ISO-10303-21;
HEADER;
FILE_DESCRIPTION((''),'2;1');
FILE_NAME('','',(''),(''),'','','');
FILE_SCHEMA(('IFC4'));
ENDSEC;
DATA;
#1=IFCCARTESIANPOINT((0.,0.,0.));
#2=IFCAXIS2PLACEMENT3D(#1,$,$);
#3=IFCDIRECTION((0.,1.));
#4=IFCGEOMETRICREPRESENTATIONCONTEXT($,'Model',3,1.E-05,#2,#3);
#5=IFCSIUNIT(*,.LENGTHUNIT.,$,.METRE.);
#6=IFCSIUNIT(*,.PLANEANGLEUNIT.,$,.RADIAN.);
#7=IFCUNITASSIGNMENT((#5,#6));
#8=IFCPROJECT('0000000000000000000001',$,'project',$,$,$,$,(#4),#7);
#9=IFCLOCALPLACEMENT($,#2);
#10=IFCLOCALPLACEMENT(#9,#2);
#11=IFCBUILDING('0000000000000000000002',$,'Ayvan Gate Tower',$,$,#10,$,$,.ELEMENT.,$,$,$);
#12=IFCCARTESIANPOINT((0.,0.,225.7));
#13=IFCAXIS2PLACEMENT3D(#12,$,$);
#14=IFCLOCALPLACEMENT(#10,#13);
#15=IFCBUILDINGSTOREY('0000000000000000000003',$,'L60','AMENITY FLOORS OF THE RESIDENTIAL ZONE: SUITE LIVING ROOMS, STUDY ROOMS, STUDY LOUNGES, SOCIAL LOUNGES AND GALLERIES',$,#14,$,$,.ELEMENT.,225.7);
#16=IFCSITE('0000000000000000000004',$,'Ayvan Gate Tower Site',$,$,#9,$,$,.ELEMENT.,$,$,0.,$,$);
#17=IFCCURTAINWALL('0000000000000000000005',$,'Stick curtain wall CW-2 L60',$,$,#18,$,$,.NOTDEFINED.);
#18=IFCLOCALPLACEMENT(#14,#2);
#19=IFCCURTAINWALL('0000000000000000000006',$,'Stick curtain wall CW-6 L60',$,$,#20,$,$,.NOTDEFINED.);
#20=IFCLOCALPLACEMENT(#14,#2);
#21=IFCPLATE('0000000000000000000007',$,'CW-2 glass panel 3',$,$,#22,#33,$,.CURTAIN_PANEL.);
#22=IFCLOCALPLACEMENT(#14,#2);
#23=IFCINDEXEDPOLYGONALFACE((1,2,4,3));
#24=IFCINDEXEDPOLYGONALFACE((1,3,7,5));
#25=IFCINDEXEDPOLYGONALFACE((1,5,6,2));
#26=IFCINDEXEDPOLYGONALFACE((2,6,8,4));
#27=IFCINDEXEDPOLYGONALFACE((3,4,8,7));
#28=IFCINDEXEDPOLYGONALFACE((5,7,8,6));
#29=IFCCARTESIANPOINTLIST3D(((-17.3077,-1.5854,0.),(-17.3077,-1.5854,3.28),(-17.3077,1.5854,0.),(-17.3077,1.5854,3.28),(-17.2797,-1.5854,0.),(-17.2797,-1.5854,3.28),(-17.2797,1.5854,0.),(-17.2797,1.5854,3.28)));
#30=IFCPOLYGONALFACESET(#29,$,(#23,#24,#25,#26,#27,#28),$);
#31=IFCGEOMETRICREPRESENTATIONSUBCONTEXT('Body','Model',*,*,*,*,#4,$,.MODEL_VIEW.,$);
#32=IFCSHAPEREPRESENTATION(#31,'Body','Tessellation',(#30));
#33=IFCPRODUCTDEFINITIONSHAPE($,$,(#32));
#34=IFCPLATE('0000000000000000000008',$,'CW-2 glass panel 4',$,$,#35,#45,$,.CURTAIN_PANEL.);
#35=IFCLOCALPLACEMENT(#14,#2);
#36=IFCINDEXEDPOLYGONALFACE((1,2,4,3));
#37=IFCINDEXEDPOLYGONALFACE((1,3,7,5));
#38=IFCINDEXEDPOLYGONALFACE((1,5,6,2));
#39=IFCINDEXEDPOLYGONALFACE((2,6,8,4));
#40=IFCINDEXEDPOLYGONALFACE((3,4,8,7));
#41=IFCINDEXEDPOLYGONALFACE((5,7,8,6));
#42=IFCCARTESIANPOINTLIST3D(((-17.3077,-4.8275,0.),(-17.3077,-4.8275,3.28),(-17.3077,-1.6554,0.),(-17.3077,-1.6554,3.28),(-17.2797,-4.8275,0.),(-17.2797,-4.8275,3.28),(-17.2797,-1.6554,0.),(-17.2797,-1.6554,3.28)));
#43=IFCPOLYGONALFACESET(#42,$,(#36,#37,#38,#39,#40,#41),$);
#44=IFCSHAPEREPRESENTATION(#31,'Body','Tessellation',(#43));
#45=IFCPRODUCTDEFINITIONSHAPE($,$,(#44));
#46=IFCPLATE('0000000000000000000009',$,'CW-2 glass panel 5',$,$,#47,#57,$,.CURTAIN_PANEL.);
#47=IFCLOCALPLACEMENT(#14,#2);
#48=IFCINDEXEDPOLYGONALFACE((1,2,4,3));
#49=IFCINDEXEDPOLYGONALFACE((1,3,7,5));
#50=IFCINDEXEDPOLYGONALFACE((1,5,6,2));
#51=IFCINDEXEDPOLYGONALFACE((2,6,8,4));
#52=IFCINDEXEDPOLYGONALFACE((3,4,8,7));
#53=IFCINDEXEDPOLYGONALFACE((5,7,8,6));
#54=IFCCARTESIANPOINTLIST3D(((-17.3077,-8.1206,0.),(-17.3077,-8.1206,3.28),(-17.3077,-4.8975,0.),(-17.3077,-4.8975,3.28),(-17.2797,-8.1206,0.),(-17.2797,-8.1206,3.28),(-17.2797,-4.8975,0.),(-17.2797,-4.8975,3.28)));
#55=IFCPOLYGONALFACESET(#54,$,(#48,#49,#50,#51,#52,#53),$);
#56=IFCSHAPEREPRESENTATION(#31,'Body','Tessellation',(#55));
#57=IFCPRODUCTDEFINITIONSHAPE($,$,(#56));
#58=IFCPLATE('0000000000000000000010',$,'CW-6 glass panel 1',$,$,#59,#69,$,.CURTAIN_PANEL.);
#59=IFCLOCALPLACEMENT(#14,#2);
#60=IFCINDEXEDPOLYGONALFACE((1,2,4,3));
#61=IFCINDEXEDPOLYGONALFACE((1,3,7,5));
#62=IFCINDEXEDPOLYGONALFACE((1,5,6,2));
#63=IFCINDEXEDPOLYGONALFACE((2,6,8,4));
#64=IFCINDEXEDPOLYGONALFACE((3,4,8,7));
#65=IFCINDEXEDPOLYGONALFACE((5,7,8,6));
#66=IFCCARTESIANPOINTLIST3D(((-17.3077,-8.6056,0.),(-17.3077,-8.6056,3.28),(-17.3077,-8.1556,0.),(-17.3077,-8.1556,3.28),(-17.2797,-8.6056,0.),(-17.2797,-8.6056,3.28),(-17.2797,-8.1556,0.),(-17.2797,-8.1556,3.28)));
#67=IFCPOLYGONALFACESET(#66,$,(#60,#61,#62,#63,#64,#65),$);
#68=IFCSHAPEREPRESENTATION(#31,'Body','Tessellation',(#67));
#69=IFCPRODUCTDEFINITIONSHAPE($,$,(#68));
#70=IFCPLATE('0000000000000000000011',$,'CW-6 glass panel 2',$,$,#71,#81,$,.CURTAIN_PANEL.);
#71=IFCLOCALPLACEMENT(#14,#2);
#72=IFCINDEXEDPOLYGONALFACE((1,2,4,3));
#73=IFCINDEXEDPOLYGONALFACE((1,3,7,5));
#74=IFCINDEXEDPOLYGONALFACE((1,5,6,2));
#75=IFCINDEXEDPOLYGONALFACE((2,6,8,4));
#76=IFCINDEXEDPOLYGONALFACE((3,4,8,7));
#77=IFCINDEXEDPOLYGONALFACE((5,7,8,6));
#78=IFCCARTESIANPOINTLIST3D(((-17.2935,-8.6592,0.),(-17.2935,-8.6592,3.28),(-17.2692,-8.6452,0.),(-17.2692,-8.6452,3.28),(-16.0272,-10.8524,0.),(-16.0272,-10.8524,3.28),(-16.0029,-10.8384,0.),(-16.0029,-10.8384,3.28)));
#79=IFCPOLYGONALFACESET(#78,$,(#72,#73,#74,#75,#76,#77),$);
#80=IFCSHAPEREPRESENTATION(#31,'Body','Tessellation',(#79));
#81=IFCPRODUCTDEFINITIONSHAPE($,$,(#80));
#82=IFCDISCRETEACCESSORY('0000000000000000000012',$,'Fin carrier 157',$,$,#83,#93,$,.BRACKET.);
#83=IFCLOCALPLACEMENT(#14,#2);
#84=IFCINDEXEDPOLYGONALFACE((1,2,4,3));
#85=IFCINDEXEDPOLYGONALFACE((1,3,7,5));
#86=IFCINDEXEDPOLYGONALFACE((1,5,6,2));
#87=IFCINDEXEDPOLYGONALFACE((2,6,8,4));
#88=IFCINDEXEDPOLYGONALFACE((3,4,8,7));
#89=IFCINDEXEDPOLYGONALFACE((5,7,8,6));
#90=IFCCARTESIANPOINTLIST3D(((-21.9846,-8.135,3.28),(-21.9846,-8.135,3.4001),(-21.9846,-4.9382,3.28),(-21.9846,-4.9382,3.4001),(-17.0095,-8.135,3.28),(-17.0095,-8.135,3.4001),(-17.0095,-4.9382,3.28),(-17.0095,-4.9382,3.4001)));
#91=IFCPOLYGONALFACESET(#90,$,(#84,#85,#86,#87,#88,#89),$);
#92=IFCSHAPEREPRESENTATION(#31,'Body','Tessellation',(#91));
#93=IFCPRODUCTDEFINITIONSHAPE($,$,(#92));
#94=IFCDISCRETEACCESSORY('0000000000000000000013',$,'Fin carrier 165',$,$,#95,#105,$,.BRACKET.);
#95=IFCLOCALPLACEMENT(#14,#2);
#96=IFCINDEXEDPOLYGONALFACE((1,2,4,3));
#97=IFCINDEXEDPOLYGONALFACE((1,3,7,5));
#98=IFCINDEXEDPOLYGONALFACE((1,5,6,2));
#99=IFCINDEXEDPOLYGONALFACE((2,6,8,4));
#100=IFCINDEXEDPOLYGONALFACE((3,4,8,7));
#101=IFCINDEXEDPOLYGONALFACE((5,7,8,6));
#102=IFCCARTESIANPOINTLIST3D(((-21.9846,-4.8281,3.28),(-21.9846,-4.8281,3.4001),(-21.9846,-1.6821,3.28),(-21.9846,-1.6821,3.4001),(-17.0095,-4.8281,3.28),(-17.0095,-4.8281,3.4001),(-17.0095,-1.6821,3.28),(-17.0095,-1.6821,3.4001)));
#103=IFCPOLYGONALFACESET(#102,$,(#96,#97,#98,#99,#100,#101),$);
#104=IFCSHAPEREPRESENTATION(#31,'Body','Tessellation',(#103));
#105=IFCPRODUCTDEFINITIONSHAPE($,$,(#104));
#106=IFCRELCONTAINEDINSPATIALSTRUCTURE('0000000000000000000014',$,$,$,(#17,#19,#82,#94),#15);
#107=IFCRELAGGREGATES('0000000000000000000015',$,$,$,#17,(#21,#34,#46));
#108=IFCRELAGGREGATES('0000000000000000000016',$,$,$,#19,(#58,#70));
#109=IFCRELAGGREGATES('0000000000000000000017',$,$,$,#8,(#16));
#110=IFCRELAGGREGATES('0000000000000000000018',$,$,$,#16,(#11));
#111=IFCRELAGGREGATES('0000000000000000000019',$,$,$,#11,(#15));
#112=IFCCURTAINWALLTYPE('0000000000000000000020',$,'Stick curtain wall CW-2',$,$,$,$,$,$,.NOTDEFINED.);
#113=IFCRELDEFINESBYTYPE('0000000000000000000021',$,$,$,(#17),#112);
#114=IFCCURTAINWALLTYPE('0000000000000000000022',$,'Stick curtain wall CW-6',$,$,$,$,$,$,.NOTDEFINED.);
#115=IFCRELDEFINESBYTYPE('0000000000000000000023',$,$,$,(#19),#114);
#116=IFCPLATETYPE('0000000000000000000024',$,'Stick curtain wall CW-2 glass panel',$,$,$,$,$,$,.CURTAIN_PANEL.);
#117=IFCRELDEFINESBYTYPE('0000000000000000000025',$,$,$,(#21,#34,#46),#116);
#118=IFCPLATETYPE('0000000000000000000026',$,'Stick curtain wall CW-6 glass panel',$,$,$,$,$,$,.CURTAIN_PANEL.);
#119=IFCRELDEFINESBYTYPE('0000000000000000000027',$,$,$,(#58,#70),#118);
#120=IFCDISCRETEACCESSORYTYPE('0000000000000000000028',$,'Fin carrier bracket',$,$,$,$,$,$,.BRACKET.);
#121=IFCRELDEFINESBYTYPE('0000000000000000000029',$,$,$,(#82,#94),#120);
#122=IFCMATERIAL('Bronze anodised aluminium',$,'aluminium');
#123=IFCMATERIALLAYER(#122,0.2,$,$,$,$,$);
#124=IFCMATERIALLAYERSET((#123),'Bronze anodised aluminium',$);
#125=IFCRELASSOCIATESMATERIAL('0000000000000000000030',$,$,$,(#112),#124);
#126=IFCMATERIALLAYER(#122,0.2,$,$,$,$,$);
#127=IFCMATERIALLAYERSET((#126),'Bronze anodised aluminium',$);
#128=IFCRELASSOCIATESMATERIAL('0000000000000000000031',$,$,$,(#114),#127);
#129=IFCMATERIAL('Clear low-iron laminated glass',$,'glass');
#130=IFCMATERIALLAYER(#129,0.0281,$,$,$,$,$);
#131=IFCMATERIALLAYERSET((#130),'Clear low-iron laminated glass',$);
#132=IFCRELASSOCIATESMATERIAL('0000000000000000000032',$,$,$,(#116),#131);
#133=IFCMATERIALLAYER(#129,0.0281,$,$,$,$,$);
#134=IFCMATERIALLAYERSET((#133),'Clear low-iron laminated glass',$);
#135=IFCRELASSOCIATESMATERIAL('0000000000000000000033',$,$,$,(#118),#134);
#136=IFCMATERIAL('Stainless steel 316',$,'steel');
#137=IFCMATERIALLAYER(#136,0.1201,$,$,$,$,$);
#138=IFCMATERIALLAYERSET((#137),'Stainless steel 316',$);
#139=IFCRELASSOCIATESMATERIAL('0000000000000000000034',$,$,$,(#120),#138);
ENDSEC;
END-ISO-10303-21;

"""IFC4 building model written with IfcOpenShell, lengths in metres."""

from ifc_helpers import new_model, si_unit, direction, frame, origin, origin_2d, place, context, subcontext, project, spatial, rectangle, extrude, material, layer, layer_set, type_object, element, aggregate, save


model = new_model("IFC4")

# Units and contexts
model_context = context("Model", 3, precision=1e-05, world=origin(), true_north=direction((0.0, 1.0)))
body_context = subcontext(model_context, "Body", "Model", "MODEL_VIEW")
ifc_project = project(units=[si_unit("LENGTHUNIT", "METRE"), si_unit("PLANEANGLEUNIT", "RADIAN")], contexts=[model_context])

# Site, building, storey
site_placement = place(None, origin())
site = spatial("IfcSite", under=ifc_project, at=site_placement, Name="Ayvan Gate Tower Site", CompositionType="ELEMENT", RefElevation=0.0)
building_placement = place(site_placement, origin())
building = spatial("IfcBuilding", under=site, at=building_placement, Name="Ayvan Gate Tower", CompositionType="ELEMENT")
storey_placement = place(building_placement, frame((0.0, 0.0, 225.7)))
storey = spatial("IfcBuildingStorey", under=building, at=storey_placement, Name="L60", Description="AMENITY FLOORS OF THE RESIDENTIAL ZONE: SUITE LIVING ROOMS, STUDY ROOMS, STUDY LOUNGES, SOCIAL LOUNGES AND GALLERIES", CompositionType="ELEMENT", Elevation=225.7)

# Curtain walls
ifc_material_1 = material(Name="Bronze anodised aluminium", Category="aluminium")
ifc_layer_1 = layer(ifc_material_1, 0.2)
ifc_layer_set_1 = layer_set([ifc_layer_1], Name="Bronze anodised aluminium")
curtain_wall_type_1 = type_object("IfcCurtainWallType", Name="Stick curtain wall CW-2", PredefinedType="NOTDEFINED", material=ifc_layer_set_1)
curtain_wall_1_placement = place(storey_placement, origin())
curtain_wall_1 = element("IfcCurtainWall", 1, at=curtain_wall_1_placement, inside=storey, type_object=curtain_wall_type_1, Name="Stick curtain wall CW-2 L60", PredefinedType="NOTDEFINED")
ifc_layer_2 = layer(ifc_material_1, 0.2)
ifc_layer_set_2 = layer_set([ifc_layer_2], Name="Bronze anodised aluminium")
curtain_wall_type_2 = type_object("IfcCurtainWallType", Name="Stick curtain wall CW-6", PredefinedType="NOTDEFINED", material=ifc_layer_set_2)
curtain_wall_2_placement = place(storey_placement, origin())
curtain_wall_2 = element("IfcCurtainWall", 2, at=curtain_wall_2_placement, inside=storey, type_object=curtain_wall_type_2, Name="Stick curtain wall CW-6 L60", PredefinedType="NOTDEFINED")

# Plates
ifc_material_2 = material(Name="Clear low-iron laminated glass", Category="glass")
ifc_layer_3 = layer(ifc_material_2, 0.0281)
ifc_layer_set_3 = layer_set([ifc_layer_3], Name="Clear low-iron laminated glass")
plate_type_1 = type_object("IfcPlateType", Name="Stick curtain wall CW-2 glass panel", PredefinedType="CURTAIN_PANEL", material=ifc_layer_set_3)
plate_1_placement = place(storey_placement, frame((-17.2937, 0.0, 0.0), z_axis=(0.0, 0.0, 1.0), x_axis=(0.0, -1.0, 0.0)))
plate_1 = element("IfcPlate", 3, at=plate_1_placement, type_object=plate_type_1, Name="CW-2 glass panel 3", PredefinedType="CURTAIN_PANEL", context=body_context, shape_type="SweptSolid", body=[
    extrude(rectangle(XDim=3.1709, YDim=0.0281, at=origin_2d()), origin(), (0.0, 0.0, 1.0), 3.28),
])
plate_2_placement = place(storey_placement, frame((-17.2937, -3.2415, 0.0), z_axis=(0.0, 0.0, 1.0), x_axis=(0.0, -1.0, 0.0)))
plate_2 = element("IfcPlate", 4, at=plate_2_placement, type_object=plate_type_1, Name="CW-2 glass panel 4", PredefinedType="CURTAIN_PANEL", context=body_context, shape_type="SweptSolid", body=[
    extrude(rectangle(XDim=3.1721, YDim=0.0281, at=origin_2d()), origin(), (0.0, 0.0, 1.0), 3.28),
])
plate_3_placement = place(storey_placement, frame((-17.2937, -6.509, 0.0), z_axis=(0.0, 0.0, 1.0), x_axis=(0.0, -1.0, 0.0)))
plate_3 = element("IfcPlate", 5, at=plate_3_placement, type_object=plate_type_1, Name="CW-2 glass panel 5", PredefinedType="CURTAIN_PANEL", context=body_context, shape_type="SweptSolid", body=[
    extrude(rectangle(XDim=3.2231, YDim=0.0281, at=origin_2d()), origin(), (0.0, 0.0, 1.0), 3.28),
])
aggregate(curtain_wall_1, [plate_1, plate_2, plate_3])
ifc_layer_4 = layer(ifc_material_2, 0.0281)
ifc_layer_set_4 = layer_set([ifc_layer_4], Name="Clear low-iron laminated glass")
plate_type_2 = type_object("IfcPlateType", Name="Stick curtain wall CW-6 glass panel", PredefinedType="CURTAIN_PANEL", material=ifc_layer_set_4)
plate_4_placement = place(storey_placement, frame((-17.2937, -8.3806, 0.0), z_axis=(0.0, 0.0, 1.0), x_axis=(0.0, -1.0, 0.0)))
plate_4 = element("IfcPlate", 6, at=plate_4_placement, type_object=plate_type_2, Name="CW-6 glass panel 1", PredefinedType="CURTAIN_PANEL", context=body_context, shape_type="SweptSolid", body=[
    extrude(rectangle(XDim=0.45, YDim=0.0281, at=origin_2d()), origin(), (0.0, 0.0, 1.0), 3.28),
])
plate_5_placement = place(storey_placement, frame((-16.6482, -9.7488, 0.0), z_axis=(0.0, 0.0, 1.0), x_axis=(0.5, -0.866025, 0.0)))
plate_5 = element("IfcPlate", 7, at=plate_5_placement, type_object=plate_type_2, Name="CW-6 glass panel 2", PredefinedType="CURTAIN_PANEL", context=body_context, shape_type="SweptSolid", body=[
    extrude(rectangle(XDim=2.5325, YDim=0.0281, at=origin_2d()), origin(), (0.0, 0.0, 1.0), 3.28),
])
aggregate(curtain_wall_2, [plate_4, plate_5])

# Discrete accessories
ifc_material_3 = material(Name="Stainless steel 316", Category="steel")
ifc_layer_5 = layer(ifc_material_3, 0.1201)
ifc_layer_set_5 = layer_set([ifc_layer_5], Name="Stainless steel 316")
discrete_accessory_type = type_object("IfcDiscreteAccessoryType", Name="Fin carrier bracket", PredefinedType="BRACKET", material=ifc_layer_set_5)
discrete_accessory_1_placement = place(storey_placement, frame((-19.4971, -6.5366, 3.28), z_axis=(0.0, 0.0, 1.0), x_axis=(0.0, -1.0, 0.0)))
element("IfcDiscreteAccessory", 8, at=discrete_accessory_1_placement, inside=storey, type_object=discrete_accessory_type, Name="Fin carrier 157", PredefinedType="BRACKET", context=body_context, shape_type="SweptSolid", body=[
    extrude(rectangle(XDim=3.1968, YDim=4.9751, at=origin_2d()), origin(), (0.0, 0.0, 1.0), 0.1201),
])
discrete_accessory_2_placement = place(storey_placement, frame((-19.4971, -3.2551, 3.28), z_axis=(0.0, 0.0, 1.0), x_axis=(0.0, -1.0, 0.0)))
element("IfcDiscreteAccessory", 9, at=discrete_accessory_2_placement, inside=storey, type_object=discrete_accessory_type, Name="Fin carrier 165", PredefinedType="BRACKET", context=body_context, shape_type="SweptSolid", body=[
    extrude(rectangle(XDim=3.146, YDim=4.9751, at=origin_2d()), origin(), (0.0, 0.0, 1.0), 0.1201),
])

save(model, "model.ifc")
